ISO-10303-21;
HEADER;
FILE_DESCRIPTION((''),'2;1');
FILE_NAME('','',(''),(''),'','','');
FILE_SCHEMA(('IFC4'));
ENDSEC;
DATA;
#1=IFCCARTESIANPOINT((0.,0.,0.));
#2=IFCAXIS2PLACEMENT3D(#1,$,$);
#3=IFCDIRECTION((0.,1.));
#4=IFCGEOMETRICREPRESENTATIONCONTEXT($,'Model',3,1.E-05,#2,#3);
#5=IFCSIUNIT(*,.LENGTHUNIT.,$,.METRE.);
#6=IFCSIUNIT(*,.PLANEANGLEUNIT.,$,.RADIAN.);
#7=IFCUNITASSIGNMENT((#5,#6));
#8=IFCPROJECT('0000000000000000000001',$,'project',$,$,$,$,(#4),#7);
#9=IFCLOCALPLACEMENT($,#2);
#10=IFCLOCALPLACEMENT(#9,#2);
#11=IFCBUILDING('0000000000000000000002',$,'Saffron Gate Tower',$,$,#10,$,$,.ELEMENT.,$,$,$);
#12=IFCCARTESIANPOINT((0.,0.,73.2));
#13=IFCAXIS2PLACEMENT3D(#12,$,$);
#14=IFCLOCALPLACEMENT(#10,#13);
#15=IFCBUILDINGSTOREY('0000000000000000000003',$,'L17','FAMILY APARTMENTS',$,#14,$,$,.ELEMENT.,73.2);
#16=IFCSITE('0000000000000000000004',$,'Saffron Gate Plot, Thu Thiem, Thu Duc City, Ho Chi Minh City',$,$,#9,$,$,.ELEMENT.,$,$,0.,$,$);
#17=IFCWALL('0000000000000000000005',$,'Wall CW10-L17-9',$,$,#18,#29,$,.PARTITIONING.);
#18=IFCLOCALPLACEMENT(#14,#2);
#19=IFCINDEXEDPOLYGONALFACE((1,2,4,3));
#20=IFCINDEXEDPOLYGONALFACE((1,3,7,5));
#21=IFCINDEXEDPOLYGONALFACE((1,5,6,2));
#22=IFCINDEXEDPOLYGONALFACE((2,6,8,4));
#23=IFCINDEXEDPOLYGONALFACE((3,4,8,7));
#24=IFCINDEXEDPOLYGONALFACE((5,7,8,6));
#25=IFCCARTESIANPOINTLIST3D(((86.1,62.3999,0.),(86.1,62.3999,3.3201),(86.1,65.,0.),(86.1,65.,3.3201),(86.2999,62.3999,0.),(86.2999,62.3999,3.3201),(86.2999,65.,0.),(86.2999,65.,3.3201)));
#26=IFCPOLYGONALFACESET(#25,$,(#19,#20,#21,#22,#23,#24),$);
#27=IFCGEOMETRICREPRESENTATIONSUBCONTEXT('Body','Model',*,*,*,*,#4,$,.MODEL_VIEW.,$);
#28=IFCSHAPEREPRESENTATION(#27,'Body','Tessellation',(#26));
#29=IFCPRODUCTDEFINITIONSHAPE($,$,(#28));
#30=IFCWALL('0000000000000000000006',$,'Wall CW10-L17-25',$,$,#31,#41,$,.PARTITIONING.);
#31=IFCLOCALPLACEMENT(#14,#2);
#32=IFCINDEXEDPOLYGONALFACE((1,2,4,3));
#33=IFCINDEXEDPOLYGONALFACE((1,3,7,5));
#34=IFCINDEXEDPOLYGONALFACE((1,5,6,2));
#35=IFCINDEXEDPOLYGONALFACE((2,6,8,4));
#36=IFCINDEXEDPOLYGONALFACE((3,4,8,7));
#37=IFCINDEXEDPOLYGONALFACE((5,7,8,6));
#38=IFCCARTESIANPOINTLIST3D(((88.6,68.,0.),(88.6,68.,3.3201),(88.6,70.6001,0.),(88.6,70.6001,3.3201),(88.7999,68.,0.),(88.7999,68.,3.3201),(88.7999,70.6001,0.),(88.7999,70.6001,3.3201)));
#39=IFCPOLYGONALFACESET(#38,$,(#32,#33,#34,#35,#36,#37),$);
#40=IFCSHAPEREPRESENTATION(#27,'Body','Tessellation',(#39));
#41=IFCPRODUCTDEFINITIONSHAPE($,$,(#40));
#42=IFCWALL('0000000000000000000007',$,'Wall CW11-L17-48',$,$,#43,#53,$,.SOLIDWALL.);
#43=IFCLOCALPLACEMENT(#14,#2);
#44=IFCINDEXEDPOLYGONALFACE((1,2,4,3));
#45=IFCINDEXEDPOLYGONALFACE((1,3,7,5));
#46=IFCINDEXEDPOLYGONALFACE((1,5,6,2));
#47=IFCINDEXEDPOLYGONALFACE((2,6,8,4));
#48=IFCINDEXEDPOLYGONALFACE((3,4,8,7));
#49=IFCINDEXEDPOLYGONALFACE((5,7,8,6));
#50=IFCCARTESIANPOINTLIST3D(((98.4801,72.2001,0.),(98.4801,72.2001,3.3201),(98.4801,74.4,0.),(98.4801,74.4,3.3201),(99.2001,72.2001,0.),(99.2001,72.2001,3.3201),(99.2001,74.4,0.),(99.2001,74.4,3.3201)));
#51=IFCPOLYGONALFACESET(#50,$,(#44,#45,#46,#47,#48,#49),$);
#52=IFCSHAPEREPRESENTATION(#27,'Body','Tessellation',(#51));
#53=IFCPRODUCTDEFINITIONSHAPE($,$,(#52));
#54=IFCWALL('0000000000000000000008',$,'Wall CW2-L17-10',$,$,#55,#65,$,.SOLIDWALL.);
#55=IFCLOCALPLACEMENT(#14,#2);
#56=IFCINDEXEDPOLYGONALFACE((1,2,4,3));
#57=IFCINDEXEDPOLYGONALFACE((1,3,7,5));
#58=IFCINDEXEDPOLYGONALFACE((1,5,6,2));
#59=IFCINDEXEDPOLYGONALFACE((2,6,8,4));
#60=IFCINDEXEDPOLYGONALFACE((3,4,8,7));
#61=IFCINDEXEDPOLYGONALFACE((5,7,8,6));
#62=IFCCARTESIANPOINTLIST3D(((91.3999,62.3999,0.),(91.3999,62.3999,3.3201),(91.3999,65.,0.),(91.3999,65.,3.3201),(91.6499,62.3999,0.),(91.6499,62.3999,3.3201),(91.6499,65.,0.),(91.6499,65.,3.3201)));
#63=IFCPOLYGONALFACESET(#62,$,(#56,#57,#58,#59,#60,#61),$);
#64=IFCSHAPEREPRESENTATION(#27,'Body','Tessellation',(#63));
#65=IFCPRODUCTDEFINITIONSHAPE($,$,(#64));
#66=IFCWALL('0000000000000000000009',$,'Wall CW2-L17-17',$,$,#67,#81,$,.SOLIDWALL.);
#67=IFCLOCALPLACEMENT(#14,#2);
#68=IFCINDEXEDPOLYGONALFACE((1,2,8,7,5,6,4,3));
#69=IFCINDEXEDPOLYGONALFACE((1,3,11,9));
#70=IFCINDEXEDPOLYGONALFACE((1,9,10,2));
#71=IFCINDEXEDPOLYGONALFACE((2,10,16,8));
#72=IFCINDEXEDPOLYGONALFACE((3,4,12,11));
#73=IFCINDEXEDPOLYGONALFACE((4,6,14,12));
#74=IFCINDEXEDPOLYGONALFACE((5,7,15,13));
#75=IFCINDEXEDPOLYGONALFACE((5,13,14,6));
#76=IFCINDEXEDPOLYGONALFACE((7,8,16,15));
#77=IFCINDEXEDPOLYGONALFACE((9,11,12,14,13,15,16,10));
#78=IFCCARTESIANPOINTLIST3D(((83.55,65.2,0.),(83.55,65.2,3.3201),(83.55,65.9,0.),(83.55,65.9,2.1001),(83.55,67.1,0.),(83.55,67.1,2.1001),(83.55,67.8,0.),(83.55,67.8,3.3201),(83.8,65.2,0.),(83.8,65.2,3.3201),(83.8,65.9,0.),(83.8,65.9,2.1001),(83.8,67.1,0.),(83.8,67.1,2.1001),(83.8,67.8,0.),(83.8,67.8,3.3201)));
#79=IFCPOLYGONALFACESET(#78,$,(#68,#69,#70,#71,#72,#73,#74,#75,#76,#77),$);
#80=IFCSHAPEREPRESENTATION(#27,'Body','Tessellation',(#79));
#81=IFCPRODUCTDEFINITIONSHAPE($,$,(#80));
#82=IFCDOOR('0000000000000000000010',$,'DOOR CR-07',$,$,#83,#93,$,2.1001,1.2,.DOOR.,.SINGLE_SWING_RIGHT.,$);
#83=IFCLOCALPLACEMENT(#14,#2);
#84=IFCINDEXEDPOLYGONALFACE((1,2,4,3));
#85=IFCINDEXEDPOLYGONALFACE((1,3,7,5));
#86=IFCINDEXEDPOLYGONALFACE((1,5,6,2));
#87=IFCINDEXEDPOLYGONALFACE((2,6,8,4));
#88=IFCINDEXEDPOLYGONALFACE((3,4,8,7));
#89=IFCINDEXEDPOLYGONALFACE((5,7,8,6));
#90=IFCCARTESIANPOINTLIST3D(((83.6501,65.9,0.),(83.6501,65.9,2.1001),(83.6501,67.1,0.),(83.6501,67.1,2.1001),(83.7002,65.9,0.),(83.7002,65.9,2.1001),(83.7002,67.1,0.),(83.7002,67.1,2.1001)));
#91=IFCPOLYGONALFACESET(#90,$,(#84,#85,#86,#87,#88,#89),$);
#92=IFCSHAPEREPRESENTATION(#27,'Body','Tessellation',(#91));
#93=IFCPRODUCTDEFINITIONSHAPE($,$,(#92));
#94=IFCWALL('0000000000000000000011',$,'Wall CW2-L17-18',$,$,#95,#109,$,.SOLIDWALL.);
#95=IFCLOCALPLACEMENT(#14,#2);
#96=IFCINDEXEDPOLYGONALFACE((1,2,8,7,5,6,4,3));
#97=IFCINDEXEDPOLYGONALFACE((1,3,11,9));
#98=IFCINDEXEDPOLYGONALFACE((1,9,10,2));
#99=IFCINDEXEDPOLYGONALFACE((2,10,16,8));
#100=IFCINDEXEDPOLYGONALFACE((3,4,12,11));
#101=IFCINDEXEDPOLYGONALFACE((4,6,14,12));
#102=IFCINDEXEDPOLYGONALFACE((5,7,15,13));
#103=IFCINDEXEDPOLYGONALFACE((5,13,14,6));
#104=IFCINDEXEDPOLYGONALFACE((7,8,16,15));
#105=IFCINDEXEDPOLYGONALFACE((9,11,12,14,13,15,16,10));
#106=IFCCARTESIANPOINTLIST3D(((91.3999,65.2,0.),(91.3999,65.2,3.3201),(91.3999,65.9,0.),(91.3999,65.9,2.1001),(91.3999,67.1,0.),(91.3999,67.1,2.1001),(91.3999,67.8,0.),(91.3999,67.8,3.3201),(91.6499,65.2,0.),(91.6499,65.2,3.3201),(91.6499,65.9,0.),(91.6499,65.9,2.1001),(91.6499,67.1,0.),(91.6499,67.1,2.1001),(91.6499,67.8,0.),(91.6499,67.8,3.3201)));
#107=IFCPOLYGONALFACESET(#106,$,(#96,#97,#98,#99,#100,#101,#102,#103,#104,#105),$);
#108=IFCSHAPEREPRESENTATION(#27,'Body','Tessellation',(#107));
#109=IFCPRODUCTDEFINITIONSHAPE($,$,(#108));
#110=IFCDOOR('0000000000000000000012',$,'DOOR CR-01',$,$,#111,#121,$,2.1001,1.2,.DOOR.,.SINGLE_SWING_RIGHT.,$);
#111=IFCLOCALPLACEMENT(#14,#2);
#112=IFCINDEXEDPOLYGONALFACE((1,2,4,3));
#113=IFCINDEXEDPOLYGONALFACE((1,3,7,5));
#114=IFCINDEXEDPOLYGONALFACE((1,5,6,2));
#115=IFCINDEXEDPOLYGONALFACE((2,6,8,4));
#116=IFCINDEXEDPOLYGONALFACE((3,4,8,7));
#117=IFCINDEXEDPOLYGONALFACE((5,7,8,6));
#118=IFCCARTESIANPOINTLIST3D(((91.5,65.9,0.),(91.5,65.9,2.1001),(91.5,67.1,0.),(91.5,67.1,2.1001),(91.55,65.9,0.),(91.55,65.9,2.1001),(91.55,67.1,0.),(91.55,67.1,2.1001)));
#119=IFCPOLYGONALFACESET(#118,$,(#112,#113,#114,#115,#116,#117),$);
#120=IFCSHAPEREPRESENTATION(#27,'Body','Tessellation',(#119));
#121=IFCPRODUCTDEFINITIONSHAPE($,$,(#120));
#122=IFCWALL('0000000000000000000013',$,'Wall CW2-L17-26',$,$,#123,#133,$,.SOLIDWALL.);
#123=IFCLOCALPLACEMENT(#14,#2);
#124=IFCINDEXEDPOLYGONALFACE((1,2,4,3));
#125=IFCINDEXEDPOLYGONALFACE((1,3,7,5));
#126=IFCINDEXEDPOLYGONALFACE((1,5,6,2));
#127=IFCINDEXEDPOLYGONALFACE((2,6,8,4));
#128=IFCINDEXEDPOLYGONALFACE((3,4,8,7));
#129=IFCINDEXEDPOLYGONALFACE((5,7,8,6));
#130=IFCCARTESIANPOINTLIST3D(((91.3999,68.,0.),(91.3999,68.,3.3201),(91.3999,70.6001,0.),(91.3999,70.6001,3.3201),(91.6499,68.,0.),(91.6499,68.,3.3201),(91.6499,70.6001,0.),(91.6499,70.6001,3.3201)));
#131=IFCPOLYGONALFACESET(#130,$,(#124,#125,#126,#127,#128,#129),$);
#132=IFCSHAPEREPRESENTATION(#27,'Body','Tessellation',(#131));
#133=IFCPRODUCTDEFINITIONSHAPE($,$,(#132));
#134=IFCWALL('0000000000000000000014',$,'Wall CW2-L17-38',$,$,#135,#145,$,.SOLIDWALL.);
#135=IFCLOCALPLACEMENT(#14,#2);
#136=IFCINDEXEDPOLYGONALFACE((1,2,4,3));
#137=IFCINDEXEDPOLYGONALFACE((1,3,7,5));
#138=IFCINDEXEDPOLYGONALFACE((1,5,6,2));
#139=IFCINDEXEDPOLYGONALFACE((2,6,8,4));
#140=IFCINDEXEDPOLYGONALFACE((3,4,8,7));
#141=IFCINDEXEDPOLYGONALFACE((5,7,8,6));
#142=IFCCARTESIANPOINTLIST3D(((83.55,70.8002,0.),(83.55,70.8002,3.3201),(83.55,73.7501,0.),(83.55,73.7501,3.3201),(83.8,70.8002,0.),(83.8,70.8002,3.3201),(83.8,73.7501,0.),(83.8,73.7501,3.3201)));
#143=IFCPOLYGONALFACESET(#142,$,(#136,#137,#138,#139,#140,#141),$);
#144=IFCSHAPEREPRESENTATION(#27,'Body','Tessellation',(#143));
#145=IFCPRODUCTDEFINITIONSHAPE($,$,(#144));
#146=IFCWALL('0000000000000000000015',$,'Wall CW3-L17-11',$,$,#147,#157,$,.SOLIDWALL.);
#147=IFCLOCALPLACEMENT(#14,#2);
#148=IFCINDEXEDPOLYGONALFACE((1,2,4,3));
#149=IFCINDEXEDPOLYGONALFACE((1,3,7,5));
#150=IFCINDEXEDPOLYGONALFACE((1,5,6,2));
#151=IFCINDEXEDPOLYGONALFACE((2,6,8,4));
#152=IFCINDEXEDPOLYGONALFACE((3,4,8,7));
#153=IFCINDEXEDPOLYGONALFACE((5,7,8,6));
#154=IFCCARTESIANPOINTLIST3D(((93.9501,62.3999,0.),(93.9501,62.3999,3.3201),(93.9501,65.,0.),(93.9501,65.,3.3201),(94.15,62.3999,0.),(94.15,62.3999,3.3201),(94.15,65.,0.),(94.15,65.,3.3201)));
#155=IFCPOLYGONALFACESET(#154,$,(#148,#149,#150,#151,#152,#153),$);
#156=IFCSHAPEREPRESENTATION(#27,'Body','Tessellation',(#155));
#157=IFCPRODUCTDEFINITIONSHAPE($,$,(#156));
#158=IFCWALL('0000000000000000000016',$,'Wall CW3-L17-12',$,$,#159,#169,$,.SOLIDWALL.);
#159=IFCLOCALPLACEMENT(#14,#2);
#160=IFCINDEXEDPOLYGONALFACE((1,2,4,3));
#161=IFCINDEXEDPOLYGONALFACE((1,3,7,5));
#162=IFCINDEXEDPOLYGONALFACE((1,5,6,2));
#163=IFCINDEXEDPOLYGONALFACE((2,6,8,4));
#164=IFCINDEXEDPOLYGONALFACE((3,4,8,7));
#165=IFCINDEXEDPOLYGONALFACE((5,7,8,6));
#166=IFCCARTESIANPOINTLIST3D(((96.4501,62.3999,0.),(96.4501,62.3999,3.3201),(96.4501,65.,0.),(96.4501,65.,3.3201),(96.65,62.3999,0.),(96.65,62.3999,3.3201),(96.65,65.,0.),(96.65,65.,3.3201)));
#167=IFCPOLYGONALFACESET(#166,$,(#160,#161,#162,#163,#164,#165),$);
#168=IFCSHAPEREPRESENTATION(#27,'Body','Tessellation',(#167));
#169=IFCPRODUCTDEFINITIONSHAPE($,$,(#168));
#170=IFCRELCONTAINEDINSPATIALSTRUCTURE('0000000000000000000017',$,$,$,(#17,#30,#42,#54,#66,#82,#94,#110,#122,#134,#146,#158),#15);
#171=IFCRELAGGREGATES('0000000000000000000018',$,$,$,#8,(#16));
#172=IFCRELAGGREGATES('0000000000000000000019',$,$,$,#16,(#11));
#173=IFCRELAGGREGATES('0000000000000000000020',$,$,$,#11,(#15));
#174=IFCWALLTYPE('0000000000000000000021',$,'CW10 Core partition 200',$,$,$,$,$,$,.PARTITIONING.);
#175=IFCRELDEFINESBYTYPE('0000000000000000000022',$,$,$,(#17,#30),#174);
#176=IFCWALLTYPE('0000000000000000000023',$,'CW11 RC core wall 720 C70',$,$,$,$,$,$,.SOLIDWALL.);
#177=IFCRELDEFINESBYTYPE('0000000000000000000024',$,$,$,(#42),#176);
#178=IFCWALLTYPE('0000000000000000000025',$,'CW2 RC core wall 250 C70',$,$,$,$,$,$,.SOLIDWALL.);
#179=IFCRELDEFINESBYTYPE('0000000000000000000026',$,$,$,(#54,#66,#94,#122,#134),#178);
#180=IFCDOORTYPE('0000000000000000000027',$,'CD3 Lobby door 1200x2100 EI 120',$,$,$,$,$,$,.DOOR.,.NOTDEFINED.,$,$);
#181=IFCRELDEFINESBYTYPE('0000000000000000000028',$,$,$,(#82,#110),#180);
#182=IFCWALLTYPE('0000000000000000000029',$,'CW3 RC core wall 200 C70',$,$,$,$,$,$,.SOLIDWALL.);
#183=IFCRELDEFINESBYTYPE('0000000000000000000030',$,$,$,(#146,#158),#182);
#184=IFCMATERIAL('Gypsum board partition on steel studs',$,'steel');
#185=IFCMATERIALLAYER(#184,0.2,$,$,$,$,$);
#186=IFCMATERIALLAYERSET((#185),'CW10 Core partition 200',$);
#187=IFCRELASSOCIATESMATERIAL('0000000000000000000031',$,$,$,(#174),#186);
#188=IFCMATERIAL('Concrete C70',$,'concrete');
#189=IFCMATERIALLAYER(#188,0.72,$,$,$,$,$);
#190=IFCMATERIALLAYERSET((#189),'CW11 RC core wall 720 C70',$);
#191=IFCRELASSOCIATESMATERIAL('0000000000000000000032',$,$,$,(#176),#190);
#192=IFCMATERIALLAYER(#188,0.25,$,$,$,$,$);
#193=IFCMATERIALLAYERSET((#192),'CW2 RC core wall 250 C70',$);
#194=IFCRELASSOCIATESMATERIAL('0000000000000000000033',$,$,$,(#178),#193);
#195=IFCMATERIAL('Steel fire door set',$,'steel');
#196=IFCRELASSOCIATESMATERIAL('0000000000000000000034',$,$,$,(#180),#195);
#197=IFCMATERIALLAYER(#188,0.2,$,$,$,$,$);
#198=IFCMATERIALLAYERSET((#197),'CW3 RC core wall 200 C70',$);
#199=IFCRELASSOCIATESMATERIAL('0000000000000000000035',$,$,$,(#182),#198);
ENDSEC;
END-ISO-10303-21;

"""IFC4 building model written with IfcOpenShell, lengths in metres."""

from ifc_helpers import new_model, si_unit, direction, frame, frame_2d, origin, place, context, subcontext, project, spatial, rectangle, extrude, material, layer, layer_set, type_object, element, fill, save


model = new_model("IFC4")

# Units and contexts
model_context = context("Model", 3, precision=1e-05, world=origin(), true_north=direction((0.0, 1.0)))
body_context = subcontext(model_context, "Body", "Model", "MODEL_VIEW")
ifc_project = project(units=[si_unit("LENGTHUNIT", "METRE"), si_unit("PLANEANGLEUNIT", "RADIAN")], contexts=[model_context])

# Site, building, storey
site_placement = place(None, origin())
site = spatial("IfcSite", under=ifc_project, at=site_placement, Name="Saffron Gate Plot, Thu Thiem, Thu Duc City, Ho Chi Minh City", CompositionType="ELEMENT", RefElevation=0.0)
building_placement = place(site_placement, origin())
building = spatial("IfcBuilding", under=site, at=building_placement, Name="Saffron Gate Tower", CompositionType="ELEMENT")
storey_placement = place(building_placement, frame((0.0, 0.0, 73.2)))
storey = spatial("IfcBuildingStorey", under=building, at=storey_placement, Name="L17", Description="FAMILY APARTMENTS", CompositionType="ELEMENT", Elevation=73.2)

# Walls
ifc_material_1 = material(Name="Gypsum board partition on steel studs", Category="steel")
ifc_layer_1 = layer(ifc_material_1, 0.2)
ifc_layer_set_1 = layer_set([ifc_layer_1], Name="CW10 Core partition 200")
wall_type_1 = type_object("IfcWallType", Name="CW10 Core partition 200", PredefinedType="PARTITIONING", material=ifc_layer_set_1)
for number, where, z_axis, x_axis, name in (
    (1, (86.2, 62.3999, 0.0), (0.0, 0.0, 1.0), (0.0, 1.0, 0.0), "Wall CW10-L17-9"),
    (2, (88.7, 68.0, 0.0), (0.0, 0.0, 1.0), (0.0, 1.0, 0.0), "Wall CW10-L17-25"),
):
    element("IfcWall", number, at=place(storey_placement, frame(where, z_axis=z_axis, x_axis=x_axis)), inside=storey, type_object=wall_type_1, Name=name, PredefinedType="PARTITIONING", context=body_context, shape_type="SweptSolid", body=[
        extrude(rectangle(XDim=2.6001, YDim=0.2, at=frame_2d((1.3, 0.0))), origin(), (0.0, 0.0, 1.0), 3.3201),
    ])
ifc_material_2 = material(Name="Concrete C70", Category="concrete")
ifc_layer_2 = layer(ifc_material_2, 0.72)
ifc_layer_set_2 = layer_set([ifc_layer_2], Name="CW11 RC core wall 720 C70")
wall_type_2 = type_object("IfcWallType", Name="CW11 RC core wall 720 C70", PredefinedType="SOLIDWALL", material=ifc_layer_set_2)
wall_1_placement = place(storey_placement, frame((98.8401, 72.2, 0.0), z_axis=(0.0, 0.0, 1.0), x_axis=(0.0, 1.0, 0.0)))
element("IfcWall", 3, at=wall_1_placement, inside=storey, type_object=wall_type_2, Name="Wall CW11-L17-48", PredefinedType="SOLIDWALL", context=body_context, shape_type="SweptSolid", body=[
    extrude(rectangle(XDim=2.2, YDim=0.72, at=frame_2d((1.1001, 0.0))), origin(), (0.0, 0.0, 1.0), 3.3201),
])
ifc_layer_3 = layer(ifc_material_2, 0.25)
ifc_layer_set_3 = layer_set([ifc_layer_3], Name="CW2 RC core wall 250 C70")
wall_type_3 = type_object("IfcWallType", Name="CW2 RC core wall 250 C70", PredefinedType="SOLIDWALL", material=ifc_layer_set_3)
wall_2_placement = place(storey_placement, frame((91.5249, 62.3999, 0.0), z_axis=(0.0, 0.0, 1.0), x_axis=(0.0, 1.0, 0.0)))
element("IfcWall", 4, at=wall_2_placement, inside=storey, type_object=wall_type_3, Name="Wall CW2-L17-10", PredefinedType="SOLIDWALL", context=body_context, shape_type="SweptSolid", body=[
    extrude(rectangle(XDim=2.6001, YDim=0.25, at=frame_2d((1.3, 0.0))), origin(), (0.0, 0.0, 1.0), 3.3201),
])

# Walls, openings, doors
wall_3_placement = place(storey_placement, frame((83.675, 65.2, 0.0), z_axis=(0.0, 0.0, 1.0), x_axis=(0.0, 1.0, 0.0)))
wall_3 = element("IfcWall", 5, at=wall_3_placement, inside=storey, type_object=wall_type_3, Name="Wall CW2-L17-17", PredefinedType="SOLIDWALL", context=body_context, shape_type="SweptSolid", body=[
    extrude(rectangle(XDim=2.6001, YDim=0.25, at=frame_2d((1.3, 0.0))), origin(), (0.0, 0.0, 1.0), 3.3201),
])
opening_1_placement = place(wall_3_placement, frame((0.7, 0.0, 0.0)))
opening_1 = element("IfcOpeningElement", 6, at=opening_1_placement, cuts=wall_3, PredefinedType="OPENING", context=body_context, shape_type="SweptSolid", body=[
    extrude(rectangle(XDim=1.2, YDim=2.1001, at=frame_2d((0.6001, 1.05))), frame((0.0, 0.135, 0.0), z_axis=(0.0, -1.0, 0.0), x_axis=(1.0, 0.0, 0.0)), (0.0, 0.0, 1.0), 0.27),
])
ifc_material_3 = material(Name="Steel fire door set", Category="steel")
door_type_1 = type_object("IfcDoorType", Name="CD3 Lobby door 1200x2100 EI 120", OperationType="NOTDEFINED", PredefinedType="DOOR", material=ifc_material_3)
door_1_placement = place(opening_1_placement, origin())
door_1 = element("IfcDoor", 7, at=door_1_placement, inside=storey, type_object=door_type_1, Name="DOOR CR-07", OperationType="SINGLE_SWING_RIGHT", OverallHeight=2.1001, OverallWidth=1.2, PredefinedType="DOOR", context=body_context, shape_type="SweptSolid", body=[
    extrude(rectangle(XDim=1.2, YDim=2.1001, at=frame_2d((0.6001, 1.05))), frame((0.0, 0.0249, 0.0), z_axis=(0.0, -1.0, 0.0), x_axis=(1.0, 0.0, 0.0)), (0.0, 0.0, 1.0), 0.05),
])
fill(opening_1, door_1)
wall_4_placement = place(storey_placement, frame((91.5249, 65.2, 0.0), z_axis=(0.0, 0.0, 1.0), x_axis=(0.0, 1.0, 0.0)))
wall_4 = element("IfcWall", 8, at=wall_4_placement, inside=storey, type_object=wall_type_3, Name="Wall CW2-L17-18", PredefinedType="SOLIDWALL", context=body_context, shape_type="SweptSolid", body=[
    extrude(rectangle(XDim=2.6001, YDim=0.25, at=frame_2d((1.3, 0.0))), origin(), (0.0, 0.0, 1.0), 3.3201),
])
opening_2_placement = place(wall_4_placement, frame((0.7, 0.0, 0.0)))
opening_2 = element("IfcOpeningElement", 9, at=opening_2_placement, cuts=wall_4, PredefinedType="OPENING", context=body_context, shape_type="SweptSolid", body=[
    extrude(rectangle(XDim=1.2, YDim=2.1001, at=frame_2d((0.6001, 1.05))), frame((0.0, 0.135, 0.0), z_axis=(0.0, -1.0, 0.0), x_axis=(1.0, 0.0, 0.0)), (0.0, 0.0, 1.0), 0.27),
])
door_2_placement = place(opening_2_placement, origin())
door_2 = element("IfcDoor", 10, at=door_2_placement, inside=storey, type_object=door_type_1, Name="DOOR CR-01", OperationType="SINGLE_SWING_RIGHT", OverallHeight=2.1001, OverallWidth=1.2, PredefinedType="DOOR", context=body_context, shape_type="SweptSolid", body=[
    extrude(rectangle(XDim=1.2, YDim=2.1001, at=frame_2d((0.6001, 1.05))), frame((0.0, 0.0249, 0.0), z_axis=(0.0, -1.0, 0.0), x_axis=(1.0, 0.0, 0.0)), (0.0, 0.0, 1.0), 0.05),
])
fill(opening_2, door_2)

# Walls
wall_5_placement = place(storey_placement, frame((91.5249, 68.0, 0.0), z_axis=(0.0, 0.0, 1.0), x_axis=(0.0, 1.0, 0.0)))
element("IfcWall", 11, at=wall_5_placement, inside=storey, type_object=wall_type_3, Name="Wall CW2-L17-26", PredefinedType="SOLIDWALL", context=body_context, shape_type="SweptSolid", body=[
    extrude(rectangle(XDim=2.6001, YDim=0.25, at=frame_2d((1.3, 0.0))), origin(), (0.0, 0.0, 1.0), 3.3201),
])
wall_6_placement = place(storey_placement, frame((83.675, 70.8, 0.0), z_axis=(0.0, 0.0, 1.0), x_axis=(0.0, 1.0, 0.0)))
element("IfcWall", 12, at=wall_6_placement, inside=storey, type_object=wall_type_3, Name="Wall CW2-L17-38", PredefinedType="SOLIDWALL", context=body_context, shape_type="SweptSolid", body=[
    extrude(rectangle(XDim=2.95, YDim=0.25, at=frame_2d((1.4751, 0.0))), origin(), (0.0, 0.0, 1.0), 3.3201),
])
ifc_layer_4 = layer(ifc_material_2, 0.2)
ifc_layer_set_4 = layer_set([ifc_layer_4], Name="CW3 RC core wall 200 C70")
wall_type_4 = type_object("IfcWallType", Name="CW3 RC core wall 200 C70", PredefinedType="SOLIDWALL", material=ifc_layer_set_4)
for number, where, z_axis, x_axis, name in (
    (13, (94.05, 62.3999, 0.0), (0.0, 0.0, 1.0), (0.0, 1.0, 0.0), "Wall CW3-L17-11"),
    (14, (96.55, 62.3999, 0.0), (0.0, 0.0, 1.0), (0.0, 1.0, 0.0), "Wall CW3-L17-12"),
):
    element("IfcWall", number, at=place(storey_placement, frame(where, z_axis=z_axis, x_axis=x_axis)), inside=storey, type_object=wall_type_4, Name=name, PredefinedType="SOLIDWALL", context=body_context, shape_type="SweptSolid", body=[
        extrude(rectangle(XDim=2.6001, YDim=0.2, at=frame_2d((1.3, 0.0))), origin(), (0.0, 0.0, 1.0), 3.3201),
    ])

save(model, "model.ifc")
